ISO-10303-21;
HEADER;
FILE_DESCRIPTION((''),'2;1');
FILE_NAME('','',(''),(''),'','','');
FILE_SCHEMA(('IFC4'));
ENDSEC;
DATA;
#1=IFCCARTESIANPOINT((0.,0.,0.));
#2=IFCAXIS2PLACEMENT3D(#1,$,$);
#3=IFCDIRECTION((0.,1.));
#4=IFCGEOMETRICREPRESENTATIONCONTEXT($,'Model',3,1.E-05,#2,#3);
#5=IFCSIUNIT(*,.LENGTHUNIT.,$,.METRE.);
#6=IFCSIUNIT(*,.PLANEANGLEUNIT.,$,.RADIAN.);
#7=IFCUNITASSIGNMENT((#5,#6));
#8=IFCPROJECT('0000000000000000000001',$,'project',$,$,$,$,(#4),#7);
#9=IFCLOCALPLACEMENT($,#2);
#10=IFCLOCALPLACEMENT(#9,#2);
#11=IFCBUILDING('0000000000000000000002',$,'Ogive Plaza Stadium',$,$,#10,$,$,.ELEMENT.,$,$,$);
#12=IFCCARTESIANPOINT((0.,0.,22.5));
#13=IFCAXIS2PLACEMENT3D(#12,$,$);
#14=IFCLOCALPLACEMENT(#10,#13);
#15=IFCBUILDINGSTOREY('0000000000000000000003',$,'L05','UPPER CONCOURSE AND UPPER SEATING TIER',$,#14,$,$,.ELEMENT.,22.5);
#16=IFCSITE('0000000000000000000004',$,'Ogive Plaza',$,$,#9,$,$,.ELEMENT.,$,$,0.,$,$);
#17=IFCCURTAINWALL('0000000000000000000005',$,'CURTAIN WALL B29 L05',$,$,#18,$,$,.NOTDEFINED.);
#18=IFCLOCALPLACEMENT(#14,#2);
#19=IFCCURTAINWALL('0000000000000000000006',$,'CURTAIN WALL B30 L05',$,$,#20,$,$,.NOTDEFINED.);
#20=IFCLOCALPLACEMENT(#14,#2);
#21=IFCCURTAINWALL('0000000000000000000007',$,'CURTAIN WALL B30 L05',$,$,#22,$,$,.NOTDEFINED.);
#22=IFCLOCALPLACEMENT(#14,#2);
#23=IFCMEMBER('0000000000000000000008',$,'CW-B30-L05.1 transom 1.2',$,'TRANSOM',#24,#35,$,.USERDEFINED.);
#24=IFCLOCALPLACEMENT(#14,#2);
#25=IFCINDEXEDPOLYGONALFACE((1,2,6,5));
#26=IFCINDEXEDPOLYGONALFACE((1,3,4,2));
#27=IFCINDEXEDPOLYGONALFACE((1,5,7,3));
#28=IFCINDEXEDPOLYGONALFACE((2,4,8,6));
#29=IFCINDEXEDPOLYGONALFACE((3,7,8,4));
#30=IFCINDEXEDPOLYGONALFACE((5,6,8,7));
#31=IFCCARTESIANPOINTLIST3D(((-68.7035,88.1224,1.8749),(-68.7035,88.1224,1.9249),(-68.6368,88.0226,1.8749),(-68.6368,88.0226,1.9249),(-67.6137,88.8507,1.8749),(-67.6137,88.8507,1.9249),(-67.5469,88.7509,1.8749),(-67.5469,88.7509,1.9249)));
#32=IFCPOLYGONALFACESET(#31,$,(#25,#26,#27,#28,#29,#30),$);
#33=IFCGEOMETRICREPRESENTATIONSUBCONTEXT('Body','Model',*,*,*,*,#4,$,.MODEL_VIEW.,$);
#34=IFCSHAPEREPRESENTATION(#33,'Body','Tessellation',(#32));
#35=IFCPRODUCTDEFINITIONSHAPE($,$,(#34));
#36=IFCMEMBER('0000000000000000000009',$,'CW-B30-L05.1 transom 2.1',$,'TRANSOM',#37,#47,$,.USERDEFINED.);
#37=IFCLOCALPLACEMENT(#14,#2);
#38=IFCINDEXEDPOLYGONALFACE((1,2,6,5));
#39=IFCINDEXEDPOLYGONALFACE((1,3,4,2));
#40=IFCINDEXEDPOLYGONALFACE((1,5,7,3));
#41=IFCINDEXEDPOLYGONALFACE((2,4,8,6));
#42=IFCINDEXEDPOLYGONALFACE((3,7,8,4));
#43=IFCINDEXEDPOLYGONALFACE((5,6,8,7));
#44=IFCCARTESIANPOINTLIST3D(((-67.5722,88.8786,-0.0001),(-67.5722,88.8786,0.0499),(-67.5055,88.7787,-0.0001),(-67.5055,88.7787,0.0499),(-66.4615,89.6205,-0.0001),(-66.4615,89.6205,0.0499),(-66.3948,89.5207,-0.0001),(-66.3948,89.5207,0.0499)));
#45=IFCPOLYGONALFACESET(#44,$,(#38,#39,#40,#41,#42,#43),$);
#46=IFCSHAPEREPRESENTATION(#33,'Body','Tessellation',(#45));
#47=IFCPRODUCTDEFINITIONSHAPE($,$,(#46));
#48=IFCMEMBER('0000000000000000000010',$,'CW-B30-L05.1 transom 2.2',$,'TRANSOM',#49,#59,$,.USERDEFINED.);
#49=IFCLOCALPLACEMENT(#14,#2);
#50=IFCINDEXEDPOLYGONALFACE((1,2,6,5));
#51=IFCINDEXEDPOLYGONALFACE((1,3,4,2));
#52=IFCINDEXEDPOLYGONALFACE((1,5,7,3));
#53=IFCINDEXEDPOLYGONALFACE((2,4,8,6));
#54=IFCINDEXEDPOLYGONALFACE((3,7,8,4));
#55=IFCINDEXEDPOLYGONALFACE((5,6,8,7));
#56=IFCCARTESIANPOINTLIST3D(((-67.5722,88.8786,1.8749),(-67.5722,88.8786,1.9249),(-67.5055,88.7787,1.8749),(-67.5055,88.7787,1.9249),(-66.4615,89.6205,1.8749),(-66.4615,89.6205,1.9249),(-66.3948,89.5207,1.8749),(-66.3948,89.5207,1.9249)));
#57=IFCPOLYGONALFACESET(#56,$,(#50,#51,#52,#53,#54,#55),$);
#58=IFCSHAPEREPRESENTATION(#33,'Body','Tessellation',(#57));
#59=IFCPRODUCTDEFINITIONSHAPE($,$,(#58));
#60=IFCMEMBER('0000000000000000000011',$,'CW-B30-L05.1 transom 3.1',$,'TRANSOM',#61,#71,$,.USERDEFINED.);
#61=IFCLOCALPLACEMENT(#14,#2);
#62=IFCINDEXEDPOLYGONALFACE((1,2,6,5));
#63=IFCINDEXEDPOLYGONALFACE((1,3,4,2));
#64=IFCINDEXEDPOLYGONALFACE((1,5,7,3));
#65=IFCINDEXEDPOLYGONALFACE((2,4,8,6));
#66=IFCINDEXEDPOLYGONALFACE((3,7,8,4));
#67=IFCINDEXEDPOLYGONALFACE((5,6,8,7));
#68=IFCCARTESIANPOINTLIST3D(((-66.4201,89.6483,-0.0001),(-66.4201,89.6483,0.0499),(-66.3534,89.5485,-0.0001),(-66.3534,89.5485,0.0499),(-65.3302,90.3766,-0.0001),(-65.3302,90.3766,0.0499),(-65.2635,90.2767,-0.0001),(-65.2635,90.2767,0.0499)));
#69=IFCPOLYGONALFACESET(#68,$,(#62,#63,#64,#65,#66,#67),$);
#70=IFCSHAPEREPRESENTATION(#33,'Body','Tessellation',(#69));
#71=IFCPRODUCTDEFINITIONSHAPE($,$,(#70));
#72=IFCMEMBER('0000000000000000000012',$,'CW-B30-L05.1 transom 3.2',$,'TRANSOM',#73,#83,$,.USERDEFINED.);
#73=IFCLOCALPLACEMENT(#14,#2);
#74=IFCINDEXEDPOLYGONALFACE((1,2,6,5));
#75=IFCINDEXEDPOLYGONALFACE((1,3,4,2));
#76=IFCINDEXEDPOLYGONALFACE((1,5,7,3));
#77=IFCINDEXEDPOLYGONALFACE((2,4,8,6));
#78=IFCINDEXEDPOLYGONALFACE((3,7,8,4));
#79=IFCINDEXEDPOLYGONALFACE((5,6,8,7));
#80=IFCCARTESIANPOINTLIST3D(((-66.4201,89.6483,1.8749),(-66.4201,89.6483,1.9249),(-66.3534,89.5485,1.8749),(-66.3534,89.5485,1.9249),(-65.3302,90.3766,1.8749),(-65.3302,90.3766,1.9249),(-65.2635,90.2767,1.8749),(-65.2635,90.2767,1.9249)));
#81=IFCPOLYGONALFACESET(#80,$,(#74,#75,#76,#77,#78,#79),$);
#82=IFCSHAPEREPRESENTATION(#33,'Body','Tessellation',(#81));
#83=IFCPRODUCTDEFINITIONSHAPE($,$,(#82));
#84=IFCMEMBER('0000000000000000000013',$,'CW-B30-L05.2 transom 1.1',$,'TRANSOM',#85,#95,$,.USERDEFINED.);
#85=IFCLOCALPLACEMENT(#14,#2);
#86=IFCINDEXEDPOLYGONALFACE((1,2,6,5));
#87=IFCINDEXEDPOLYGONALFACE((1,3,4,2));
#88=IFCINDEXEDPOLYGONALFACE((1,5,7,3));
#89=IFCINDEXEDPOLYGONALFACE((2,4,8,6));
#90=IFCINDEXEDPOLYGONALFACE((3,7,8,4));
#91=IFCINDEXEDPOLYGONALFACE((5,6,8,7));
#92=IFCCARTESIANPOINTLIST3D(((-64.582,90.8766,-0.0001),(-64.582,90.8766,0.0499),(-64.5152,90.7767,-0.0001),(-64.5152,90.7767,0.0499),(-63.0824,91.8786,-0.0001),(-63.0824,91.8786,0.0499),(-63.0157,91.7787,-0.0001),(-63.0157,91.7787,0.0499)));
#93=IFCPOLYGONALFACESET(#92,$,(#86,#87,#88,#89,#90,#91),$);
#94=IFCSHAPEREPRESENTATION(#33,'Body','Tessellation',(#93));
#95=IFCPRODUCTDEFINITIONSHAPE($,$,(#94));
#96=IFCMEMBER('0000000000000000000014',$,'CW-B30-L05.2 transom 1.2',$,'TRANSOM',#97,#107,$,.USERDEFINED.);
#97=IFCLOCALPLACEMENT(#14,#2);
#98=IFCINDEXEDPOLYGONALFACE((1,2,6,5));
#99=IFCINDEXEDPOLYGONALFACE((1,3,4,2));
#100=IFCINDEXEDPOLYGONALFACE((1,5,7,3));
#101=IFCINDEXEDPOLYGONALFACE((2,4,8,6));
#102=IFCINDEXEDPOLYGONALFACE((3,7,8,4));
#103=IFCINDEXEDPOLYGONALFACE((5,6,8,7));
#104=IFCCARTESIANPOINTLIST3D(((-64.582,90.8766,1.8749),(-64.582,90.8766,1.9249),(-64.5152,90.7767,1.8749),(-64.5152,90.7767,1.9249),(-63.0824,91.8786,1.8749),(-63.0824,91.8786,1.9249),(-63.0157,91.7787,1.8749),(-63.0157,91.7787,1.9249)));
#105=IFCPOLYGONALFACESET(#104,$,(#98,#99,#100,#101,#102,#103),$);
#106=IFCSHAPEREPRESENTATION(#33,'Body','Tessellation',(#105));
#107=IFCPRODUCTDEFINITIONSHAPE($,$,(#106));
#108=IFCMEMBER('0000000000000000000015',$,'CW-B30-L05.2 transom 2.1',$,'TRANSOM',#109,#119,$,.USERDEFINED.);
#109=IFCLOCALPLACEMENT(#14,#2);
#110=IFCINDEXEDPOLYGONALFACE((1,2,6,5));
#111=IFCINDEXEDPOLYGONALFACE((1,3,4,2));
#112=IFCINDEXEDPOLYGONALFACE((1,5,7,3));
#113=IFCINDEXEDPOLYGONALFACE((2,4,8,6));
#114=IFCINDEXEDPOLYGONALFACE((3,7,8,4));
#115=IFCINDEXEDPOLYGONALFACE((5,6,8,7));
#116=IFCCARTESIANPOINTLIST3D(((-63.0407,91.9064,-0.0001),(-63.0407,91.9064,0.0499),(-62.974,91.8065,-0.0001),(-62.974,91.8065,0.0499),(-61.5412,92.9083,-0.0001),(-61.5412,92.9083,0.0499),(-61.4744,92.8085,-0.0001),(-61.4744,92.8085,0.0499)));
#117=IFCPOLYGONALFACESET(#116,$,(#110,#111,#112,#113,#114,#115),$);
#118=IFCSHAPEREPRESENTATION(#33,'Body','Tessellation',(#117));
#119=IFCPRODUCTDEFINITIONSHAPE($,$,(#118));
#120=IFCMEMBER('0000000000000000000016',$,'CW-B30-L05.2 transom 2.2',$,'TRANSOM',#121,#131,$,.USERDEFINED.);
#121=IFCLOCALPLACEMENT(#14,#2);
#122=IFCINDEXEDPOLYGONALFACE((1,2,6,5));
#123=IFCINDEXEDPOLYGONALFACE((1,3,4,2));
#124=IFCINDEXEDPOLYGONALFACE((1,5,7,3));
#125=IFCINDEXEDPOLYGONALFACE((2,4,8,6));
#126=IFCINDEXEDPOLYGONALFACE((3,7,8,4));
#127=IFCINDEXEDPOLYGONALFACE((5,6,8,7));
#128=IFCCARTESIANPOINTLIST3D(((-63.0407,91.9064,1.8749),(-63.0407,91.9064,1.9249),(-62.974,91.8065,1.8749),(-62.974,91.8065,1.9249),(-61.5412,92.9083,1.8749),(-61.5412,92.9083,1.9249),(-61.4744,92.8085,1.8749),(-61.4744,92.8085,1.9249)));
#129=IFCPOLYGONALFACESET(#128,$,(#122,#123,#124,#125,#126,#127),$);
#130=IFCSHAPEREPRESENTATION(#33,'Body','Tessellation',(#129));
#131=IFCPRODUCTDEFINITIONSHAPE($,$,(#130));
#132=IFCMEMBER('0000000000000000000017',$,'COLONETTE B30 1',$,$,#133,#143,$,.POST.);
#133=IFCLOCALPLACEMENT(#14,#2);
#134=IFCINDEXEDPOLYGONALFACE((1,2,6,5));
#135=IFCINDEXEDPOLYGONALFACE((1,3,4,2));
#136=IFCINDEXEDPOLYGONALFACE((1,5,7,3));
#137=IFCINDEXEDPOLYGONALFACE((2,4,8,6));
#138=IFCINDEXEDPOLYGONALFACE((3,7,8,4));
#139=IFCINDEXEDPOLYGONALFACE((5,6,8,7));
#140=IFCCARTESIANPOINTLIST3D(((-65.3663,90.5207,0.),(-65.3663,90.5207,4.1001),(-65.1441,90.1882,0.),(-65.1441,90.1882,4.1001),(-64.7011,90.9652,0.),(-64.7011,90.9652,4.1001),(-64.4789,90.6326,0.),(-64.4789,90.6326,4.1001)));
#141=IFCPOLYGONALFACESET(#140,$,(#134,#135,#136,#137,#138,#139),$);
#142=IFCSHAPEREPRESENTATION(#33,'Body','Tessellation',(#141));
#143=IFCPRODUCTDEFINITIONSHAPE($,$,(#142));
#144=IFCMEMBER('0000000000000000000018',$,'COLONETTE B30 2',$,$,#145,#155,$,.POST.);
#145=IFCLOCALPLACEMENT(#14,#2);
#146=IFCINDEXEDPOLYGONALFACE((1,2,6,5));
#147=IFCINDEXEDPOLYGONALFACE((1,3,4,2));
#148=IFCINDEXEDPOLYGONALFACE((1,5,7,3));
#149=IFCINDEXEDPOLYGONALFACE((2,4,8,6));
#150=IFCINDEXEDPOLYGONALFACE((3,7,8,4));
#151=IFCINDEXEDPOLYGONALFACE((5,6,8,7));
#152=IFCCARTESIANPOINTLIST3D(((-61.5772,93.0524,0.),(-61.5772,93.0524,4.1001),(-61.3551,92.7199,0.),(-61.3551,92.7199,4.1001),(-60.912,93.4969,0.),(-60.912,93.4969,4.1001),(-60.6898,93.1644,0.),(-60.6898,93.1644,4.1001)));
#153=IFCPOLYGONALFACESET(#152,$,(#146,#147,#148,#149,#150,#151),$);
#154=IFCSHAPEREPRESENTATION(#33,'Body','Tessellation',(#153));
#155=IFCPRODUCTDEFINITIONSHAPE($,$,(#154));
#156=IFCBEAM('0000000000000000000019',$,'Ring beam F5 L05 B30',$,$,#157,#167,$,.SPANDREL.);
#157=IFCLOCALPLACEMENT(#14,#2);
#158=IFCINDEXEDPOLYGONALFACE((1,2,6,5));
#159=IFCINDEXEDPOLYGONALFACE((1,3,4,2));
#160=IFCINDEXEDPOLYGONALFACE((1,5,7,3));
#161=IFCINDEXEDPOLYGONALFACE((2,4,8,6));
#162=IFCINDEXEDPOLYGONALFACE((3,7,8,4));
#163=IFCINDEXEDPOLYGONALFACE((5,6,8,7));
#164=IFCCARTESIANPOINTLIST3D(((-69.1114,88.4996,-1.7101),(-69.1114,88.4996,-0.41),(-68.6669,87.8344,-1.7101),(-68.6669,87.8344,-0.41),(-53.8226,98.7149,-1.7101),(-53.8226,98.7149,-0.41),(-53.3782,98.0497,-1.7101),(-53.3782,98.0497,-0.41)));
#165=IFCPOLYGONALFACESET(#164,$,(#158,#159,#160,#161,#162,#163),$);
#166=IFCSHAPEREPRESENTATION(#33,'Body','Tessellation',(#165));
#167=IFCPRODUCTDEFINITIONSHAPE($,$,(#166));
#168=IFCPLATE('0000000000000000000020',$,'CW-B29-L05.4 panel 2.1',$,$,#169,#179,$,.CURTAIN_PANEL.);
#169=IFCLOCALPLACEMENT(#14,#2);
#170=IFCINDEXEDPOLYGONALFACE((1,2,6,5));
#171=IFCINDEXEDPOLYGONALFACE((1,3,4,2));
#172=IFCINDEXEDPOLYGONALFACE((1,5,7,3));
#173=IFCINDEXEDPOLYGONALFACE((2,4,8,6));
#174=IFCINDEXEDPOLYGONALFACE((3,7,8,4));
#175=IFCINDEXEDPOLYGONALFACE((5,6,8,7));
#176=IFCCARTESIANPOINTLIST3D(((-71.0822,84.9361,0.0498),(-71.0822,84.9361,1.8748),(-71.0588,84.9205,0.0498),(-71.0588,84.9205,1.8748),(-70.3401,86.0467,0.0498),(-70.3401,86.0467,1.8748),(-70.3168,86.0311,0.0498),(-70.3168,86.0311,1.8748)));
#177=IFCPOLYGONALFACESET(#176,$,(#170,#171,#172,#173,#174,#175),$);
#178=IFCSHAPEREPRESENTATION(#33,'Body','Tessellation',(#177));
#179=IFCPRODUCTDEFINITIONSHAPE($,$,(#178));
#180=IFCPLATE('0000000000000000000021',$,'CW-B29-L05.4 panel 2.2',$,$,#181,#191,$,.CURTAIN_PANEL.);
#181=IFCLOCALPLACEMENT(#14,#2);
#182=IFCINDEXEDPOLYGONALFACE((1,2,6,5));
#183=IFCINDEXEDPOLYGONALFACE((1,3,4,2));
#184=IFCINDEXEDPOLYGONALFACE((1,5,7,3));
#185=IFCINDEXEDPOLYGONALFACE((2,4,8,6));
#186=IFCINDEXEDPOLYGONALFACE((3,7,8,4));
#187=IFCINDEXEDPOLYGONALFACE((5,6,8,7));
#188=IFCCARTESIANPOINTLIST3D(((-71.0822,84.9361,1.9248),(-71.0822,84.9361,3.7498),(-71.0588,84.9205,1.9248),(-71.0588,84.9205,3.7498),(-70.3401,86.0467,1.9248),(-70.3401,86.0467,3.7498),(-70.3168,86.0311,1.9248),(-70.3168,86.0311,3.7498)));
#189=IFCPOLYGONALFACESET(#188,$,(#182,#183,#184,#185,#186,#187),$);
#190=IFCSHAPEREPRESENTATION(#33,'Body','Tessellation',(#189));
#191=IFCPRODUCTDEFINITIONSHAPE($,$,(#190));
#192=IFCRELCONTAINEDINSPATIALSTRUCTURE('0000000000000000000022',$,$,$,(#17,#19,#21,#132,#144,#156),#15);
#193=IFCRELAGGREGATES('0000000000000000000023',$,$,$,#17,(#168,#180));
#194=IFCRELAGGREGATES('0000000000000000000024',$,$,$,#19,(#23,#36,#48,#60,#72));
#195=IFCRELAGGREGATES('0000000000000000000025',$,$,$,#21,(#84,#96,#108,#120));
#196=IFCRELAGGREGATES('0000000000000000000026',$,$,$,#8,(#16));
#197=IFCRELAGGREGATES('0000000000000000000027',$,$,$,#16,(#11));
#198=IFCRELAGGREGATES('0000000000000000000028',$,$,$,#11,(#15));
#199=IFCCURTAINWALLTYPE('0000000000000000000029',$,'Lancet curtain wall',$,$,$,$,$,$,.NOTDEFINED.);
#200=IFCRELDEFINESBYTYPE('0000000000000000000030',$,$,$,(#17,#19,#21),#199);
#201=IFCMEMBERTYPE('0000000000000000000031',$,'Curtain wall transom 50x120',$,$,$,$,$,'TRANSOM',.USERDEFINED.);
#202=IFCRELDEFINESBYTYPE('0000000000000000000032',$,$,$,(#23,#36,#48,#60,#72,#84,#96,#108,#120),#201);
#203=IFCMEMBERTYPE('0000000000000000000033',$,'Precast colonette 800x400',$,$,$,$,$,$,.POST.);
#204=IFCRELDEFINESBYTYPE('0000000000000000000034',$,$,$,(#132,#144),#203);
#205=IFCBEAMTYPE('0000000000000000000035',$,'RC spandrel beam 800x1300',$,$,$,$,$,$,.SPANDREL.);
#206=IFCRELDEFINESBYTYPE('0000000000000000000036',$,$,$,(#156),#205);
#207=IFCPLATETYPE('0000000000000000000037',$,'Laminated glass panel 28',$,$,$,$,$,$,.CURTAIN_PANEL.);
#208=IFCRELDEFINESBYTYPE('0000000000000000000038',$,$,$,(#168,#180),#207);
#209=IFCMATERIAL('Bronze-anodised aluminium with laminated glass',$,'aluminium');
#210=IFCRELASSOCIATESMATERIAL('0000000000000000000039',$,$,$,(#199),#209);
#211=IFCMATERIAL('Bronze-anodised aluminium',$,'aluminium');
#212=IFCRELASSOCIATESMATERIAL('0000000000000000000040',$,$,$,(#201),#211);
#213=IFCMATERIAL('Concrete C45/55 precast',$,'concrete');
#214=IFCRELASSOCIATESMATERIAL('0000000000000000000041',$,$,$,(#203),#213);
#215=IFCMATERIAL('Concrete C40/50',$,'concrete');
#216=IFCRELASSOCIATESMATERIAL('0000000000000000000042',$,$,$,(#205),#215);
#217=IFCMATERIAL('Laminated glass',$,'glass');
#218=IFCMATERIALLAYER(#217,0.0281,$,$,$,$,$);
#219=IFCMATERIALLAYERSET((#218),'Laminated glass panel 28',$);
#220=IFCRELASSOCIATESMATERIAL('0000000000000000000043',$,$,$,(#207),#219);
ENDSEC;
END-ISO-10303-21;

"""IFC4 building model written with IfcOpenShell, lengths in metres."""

from ifc_helpers import new_model, si_unit, direction, frame, origin, origin_2d, place, context, subcontext, project, spatial, rectangle, extrude, material, layer, layer_set, material_profile, profile_set, type_object, element, aggregate, save


model = new_model("IFC4")

# Units and contexts
model_context = context("Model", 3, precision=1e-05, world=origin(), true_north=direction((0.0, 1.0)))
body_context = subcontext(model_context, "Body", "Model", "MODEL_VIEW")
ifc_project = project(units=[si_unit("LENGTHUNIT", "METRE"), si_unit("PLANEANGLEUNIT", "RADIAN")], contexts=[model_context])

# Site, building, storey
site_placement = place(None, origin())
site = spatial("IfcSite", under=ifc_project, at=site_placement, Name="Ogive Plaza", CompositionType="ELEMENT", RefElevation=0.0)
building_placement = place(site_placement, origin())
building = spatial("IfcBuilding", under=site, at=building_placement, Name="Ogive Plaza Stadium", CompositionType="ELEMENT")
storey_placement = place(building_placement, frame((0.0, 0.0, 22.5)))
storey = spatial("IfcBuildingStorey", under=building, at=storey_placement, Name="L05", Description="UPPER CONCOURSE AND UPPER SEATING TIER", CompositionType="ELEMENT", Elevation=22.5)

# Curtain walls
ifc_material_1 = material(Name="Bronze-anodised aluminium with laminated glass", Category="aluminium")
curtain_wall_type = type_object("IfcCurtainWallType", Name="Lancet curtain wall", PredefinedType="NOTDEFINED", material=ifc_material_1)
curtain_wall_1_placement = place(storey_placement, origin())
curtain_wall_1 = element("IfcCurtainWall", 1, at=curtain_wall_1_placement, inside=storey, type_object=curtain_wall_type, Name="CURTAIN WALL B29 L05", PredefinedType="NOTDEFINED")
curtain_wall_2_placement = place(storey_placement, origin())
curtain_wall_2 = element("IfcCurtainWall", 2, at=curtain_wall_2_placement, inside=storey, type_object=curtain_wall_type, Name="CURTAIN WALL B30 L05", PredefinedType="NOTDEFINED")
curtain_wall_3_placement = place(storey_placement, origin())
curtain_wall_3 = element("IfcCurtainWall", 3, at=curtain_wall_3_placement, inside=storey, type_object=curtain_wall_type, Name="CURTAIN WALL B30 L05", PredefinedType="NOTDEFINED")

# Members
ifc_material_2 = material(Name="Bronze-anodised aluminium", Category="aluminium")
ifc_material_profile_1 = material_profile(ifc_material_2, rectangle(XDim=0.1201, YDim=0.05, at=origin_2d()), Name="AL 120x50")
ifc_profile_set_1 = profile_set([ifc_material_profile_1], Name="Bronze-anodised aluminium")
member_type_1 = type_object("IfcMemberType", Name="Curtain wall transom 50x120", ElementType="TRANSOM", PredefinedType="USERDEFINED", material=ifc_profile_set_1)
member_1_placement = place(storey_placement, frame((-68.6702, 88.0725, 1.8999), z_axis=(0.831448, 0.555602, 0.0), x_axis=(-0.555602, 0.831448, 0.0)))
member_1 = element("IfcMember", 4, at=member_1_placement, type_object=member_type_1, Name="CW-B30-L05.1 transom 1.2", ObjectType="TRANSOM", PredefinedType="USERDEFINED", context=body_context, shape_type="SweptSolid", body=[
    extrude(rectangle(XDim=0.1201, YDim=0.05, at=origin_2d()), origin(), (0.0, 0.0, 1.0), 1.3108),
])
member_2_placement = place(storey_placement, frame((-67.5388, 88.8286, 0.0249), z_axis=(0.831516, 0.555501, 0.0), x_axis=(-0.555501, 0.831516, 0.0)))
member_2 = element("IfcMember", 5, at=member_2_placement, type_object=member_type_1, Name="CW-B30-L05.1 transom 2.1", ObjectType="TRANSOM", PredefinedType="USERDEFINED", context=body_context, shape_type="SweptSolid", body=[
    extrude(rectangle(XDim=0.1201, YDim=0.05, at=origin_2d()), origin(), (0.0, 0.0, 1.0), 1.3357),
])
member_3_placement = place(storey_placement, frame((-67.5388, 88.8286, 1.8999), z_axis=(0.831516, 0.555501, 0.0), x_axis=(-0.555501, 0.831516, 0.0)))
member_3 = element("IfcMember", 6, at=member_3_placement, type_object=member_type_1, Name="CW-B30-L05.1 transom 2.2", ObjectType="TRANSOM", PredefinedType="USERDEFINED", context=body_context, shape_type="SweptSolid", body=[
    extrude(rectangle(XDim=0.1201, YDim=0.05, at=origin_2d()), origin(), (0.0, 0.0, 1.0), 1.3357),
])
member_4_placement = place(storey_placement, frame((-66.3867, 89.5984, 0.0249), z_axis=(0.831448, 0.555602, 0.0), x_axis=(-0.555602, 0.831448, 0.0)))
member_4 = element("IfcMember", 7, at=member_4_placement, type_object=member_type_1, Name="CW-B30-L05.1 transom 3.1", ObjectType="TRANSOM", PredefinedType="USERDEFINED", context=body_context, shape_type="SweptSolid", body=[
    extrude(rectangle(XDim=0.1201, YDim=0.05, at=origin_2d()), origin(), (0.0, 0.0, 1.0), 1.3108),
])
member_5_placement = place(storey_placement, frame((-66.3867, 89.5984, 1.8999), z_axis=(0.831448, 0.555602, 0.0), x_axis=(-0.555602, 0.831448, 0.0)))
member_5 = element("IfcMember", 8, at=member_5_placement, type_object=member_type_1, Name="CW-B30-L05.1 transom 3.2", ObjectType="TRANSOM", PredefinedType="USERDEFINED", context=body_context, shape_type="SweptSolid", body=[
    extrude(rectangle(XDim=0.1201, YDim=0.05, at=origin_2d()), origin(), (0.0, 0.0, 1.0), 1.3108),
])
member_6_placement = place(storey_placement, frame((-64.5486, 90.8267, 0.0249), z_axis=(0.831467, 0.555575, 0.0), x_axis=(-0.555575, 0.831467, 0.0)))
member_6 = element("IfcMember", 9, at=member_6_placement, type_object=member_type_1, Name="CW-B30-L05.2 transom 1.1", ObjectType="TRANSOM", PredefinedType="USERDEFINED", context=body_context, shape_type="SweptSolid", body=[
    extrude(rectangle(XDim=0.1201, YDim=0.05, at=origin_2d()), origin(), (0.0, 0.0, 1.0), 1.8035),
])
member_7_placement = place(storey_placement, frame((-64.5486, 90.8267, 1.8999), z_axis=(0.831467, 0.555575, 0.0), x_axis=(-0.555575, 0.831467, 0.0)))
member_7 = element("IfcMember", 10, at=member_7_placement, type_object=member_type_1, Name="CW-B30-L05.2 transom 1.2", ObjectType="TRANSOM", PredefinedType="USERDEFINED", context=body_context, shape_type="SweptSolid", body=[
    extrude(rectangle(XDim=0.1201, YDim=0.05, at=origin_2d()), origin(), (0.0, 0.0, 1.0), 1.8035),
])
member_8_placement = place(storey_placement, frame((-63.0073, 91.8564, 0.0249), z_axis=(0.831467, 0.555575, 0.0), x_axis=(-0.555575, 0.831467, 0.0)))
member_8 = element("IfcMember", 11, at=member_8_placement, type_object=member_type_1, Name="CW-B30-L05.2 transom 2.1", ObjectType="TRANSOM", PredefinedType="USERDEFINED", context=body_context, shape_type="SweptSolid", body=[
    extrude(rectangle(XDim=0.1201, YDim=0.05, at=origin_2d()), origin(), (0.0, 0.0, 1.0), 1.8035),
])
member_9_placement = place(storey_placement, frame((-63.0073, 91.8564, 1.8999), z_axis=(0.831467, 0.555575, 0.0), x_axis=(-0.555575, 0.831467, 0.0)))
member_9 = element("IfcMember", 12, at=member_9_placement, type_object=member_type_1, Name="CW-B30-L05.2 transom 2.2", ObjectType="TRANSOM", PredefinedType="USERDEFINED", context=body_context, shape_type="SweptSolid", body=[
    extrude(rectangle(XDim=0.1201, YDim=0.05, at=origin_2d()), origin(), (0.0, 0.0, 1.0), 1.8035),
])

# Members
ifc_material_3 = material(Name="Concrete C45/55 precast", Category="concrete")
ifc_material_profile_2 = material_profile(ifc_material_3, rectangle(XDim=0.3999, YDim=0.8, at=origin_2d()), Name="RC 400x800")
ifc_profile_set_2 = profile_set([ifc_material_profile_2], Name="Concrete C45/55 precast")
member_type_2 = type_object("IfcMemberType", Name="Precast colonette 800x400", PredefinedType="POST", material=ifc_profile_set_2)
for number, where, z_axis, x_axis, name in (
    (13, (-64.9226, 90.5767, 0.0), (0.0, 0.0, 1.0), (-0.55557, 0.83147, 0.0), "COLONETTE B30 1"),
    (14, (-61.1335, 93.1084, 0.0), (0.0, 0.0, 1.0), (-0.55557, 0.83147, 0.0), "COLONETTE B30 2"),
):
    element("IfcMember", number, at=place(storey_placement, frame(where, z_axis=z_axis, x_axis=x_axis)), inside=storey, type_object=member_type_2, Name=name, PredefinedType="POST", context=body_context, shape_type="SweptSolid", body=[
        extrude(rectangle(XDim=0.3999, YDim=0.8, at=origin_2d()), origin(), (0.0, 0.0, 1.0), 4.1001),
    ])

# Beam
ifc_material_4 = material(Name="Concrete C40/50", Category="concrete")
ifc_material_profile_3 = material_profile(ifc_material_4, rectangle(XDim=0.8, YDim=1.3, at=origin_2d()), Name="RC 800x1300")
ifc_profile_set_3 = profile_set([ifc_material_profile_3], Name="Concrete C40/50")
beam_type = type_object("IfcBeamType", Name="RC spandrel beam 800x1300", PredefinedType="SPANDREL", material=ifc_profile_set_3)
beam_placement = place(storey_placement, frame((-68.8892, 88.167, -1.0601), z_axis=(0.831478, 0.555558, 0.0), x_axis=(-0.555558, 0.831478, 0.0)))
element("IfcBeam", 15, at=beam_placement, inside=storey, type_object=beam_type, Name="Ring beam F5 L05 B30", PredefinedType="SPANDREL", context=body_context, shape_type="SweptSolid", body=[
    extrude(rectangle(XDim=0.8, YDim=1.3, at=origin_2d()), origin(), (0.0, 0.0, 1.0), 18.3875),
])

# Plates
ifc_material_5 = material(Name="Laminated glass", Category="glass")
ifc_layer_1 = layer(ifc_material_5, 0.0281)
ifc_layer_set_1 = layer_set([ifc_layer_1], Name="Laminated glass panel 28")
plate_type = type_object("IfcPlateType", Name="Laminated glass panel 28", PredefinedType="CURTAIN_PANEL", material=ifc_layer_set_1)
plate_1_placement = place(storey_placement, frame((-70.6995, 85.4836, 0.0498), z_axis=(0.0, 0.0, 1.0), x_axis=(0.55557, 0.83147, 0.0)))
plate_1 = element("IfcPlate", 16, at=plate_1_placement, type_object=plate_type, Name="CW-B29-L05.4 panel 2.1", PredefinedType="CURTAIN_PANEL", context=body_context, shape_type="SweptSolid", body=[
    extrude(rectangle(XDim=1.3357, YDim=0.0281, at=origin_2d()), origin(), (0.0, 0.0, 1.0), 1.825),
])
plate_2_placement = place(storey_placement, frame((-70.6995, 85.4836, 1.9248), z_axis=(0.0, 0.0, 1.0), x_axis=(0.55557, 0.83147, 0.0)))
plate_2 = element("IfcPlate", 17, at=plate_2_placement, type_object=plate_type, Name="CW-B29-L05.4 panel 2.2", PredefinedType="CURTAIN_PANEL", context=body_context, shape_type="SweptSolid", body=[
    extrude(rectangle(XDim=1.3357, YDim=0.0281, at=origin_2d()), origin(), (0.0, 0.0, 1.0), 1.825),
])
aggregate(curtain_wall_1, [plate_1, plate_2])
aggregate(curtain_wall_2, [member_1, member_2, member_3, member_4, member_5])
aggregate(curtain_wall_3, [member_6, member_7, member_8, member_9])

save(model, "model.ifc")
